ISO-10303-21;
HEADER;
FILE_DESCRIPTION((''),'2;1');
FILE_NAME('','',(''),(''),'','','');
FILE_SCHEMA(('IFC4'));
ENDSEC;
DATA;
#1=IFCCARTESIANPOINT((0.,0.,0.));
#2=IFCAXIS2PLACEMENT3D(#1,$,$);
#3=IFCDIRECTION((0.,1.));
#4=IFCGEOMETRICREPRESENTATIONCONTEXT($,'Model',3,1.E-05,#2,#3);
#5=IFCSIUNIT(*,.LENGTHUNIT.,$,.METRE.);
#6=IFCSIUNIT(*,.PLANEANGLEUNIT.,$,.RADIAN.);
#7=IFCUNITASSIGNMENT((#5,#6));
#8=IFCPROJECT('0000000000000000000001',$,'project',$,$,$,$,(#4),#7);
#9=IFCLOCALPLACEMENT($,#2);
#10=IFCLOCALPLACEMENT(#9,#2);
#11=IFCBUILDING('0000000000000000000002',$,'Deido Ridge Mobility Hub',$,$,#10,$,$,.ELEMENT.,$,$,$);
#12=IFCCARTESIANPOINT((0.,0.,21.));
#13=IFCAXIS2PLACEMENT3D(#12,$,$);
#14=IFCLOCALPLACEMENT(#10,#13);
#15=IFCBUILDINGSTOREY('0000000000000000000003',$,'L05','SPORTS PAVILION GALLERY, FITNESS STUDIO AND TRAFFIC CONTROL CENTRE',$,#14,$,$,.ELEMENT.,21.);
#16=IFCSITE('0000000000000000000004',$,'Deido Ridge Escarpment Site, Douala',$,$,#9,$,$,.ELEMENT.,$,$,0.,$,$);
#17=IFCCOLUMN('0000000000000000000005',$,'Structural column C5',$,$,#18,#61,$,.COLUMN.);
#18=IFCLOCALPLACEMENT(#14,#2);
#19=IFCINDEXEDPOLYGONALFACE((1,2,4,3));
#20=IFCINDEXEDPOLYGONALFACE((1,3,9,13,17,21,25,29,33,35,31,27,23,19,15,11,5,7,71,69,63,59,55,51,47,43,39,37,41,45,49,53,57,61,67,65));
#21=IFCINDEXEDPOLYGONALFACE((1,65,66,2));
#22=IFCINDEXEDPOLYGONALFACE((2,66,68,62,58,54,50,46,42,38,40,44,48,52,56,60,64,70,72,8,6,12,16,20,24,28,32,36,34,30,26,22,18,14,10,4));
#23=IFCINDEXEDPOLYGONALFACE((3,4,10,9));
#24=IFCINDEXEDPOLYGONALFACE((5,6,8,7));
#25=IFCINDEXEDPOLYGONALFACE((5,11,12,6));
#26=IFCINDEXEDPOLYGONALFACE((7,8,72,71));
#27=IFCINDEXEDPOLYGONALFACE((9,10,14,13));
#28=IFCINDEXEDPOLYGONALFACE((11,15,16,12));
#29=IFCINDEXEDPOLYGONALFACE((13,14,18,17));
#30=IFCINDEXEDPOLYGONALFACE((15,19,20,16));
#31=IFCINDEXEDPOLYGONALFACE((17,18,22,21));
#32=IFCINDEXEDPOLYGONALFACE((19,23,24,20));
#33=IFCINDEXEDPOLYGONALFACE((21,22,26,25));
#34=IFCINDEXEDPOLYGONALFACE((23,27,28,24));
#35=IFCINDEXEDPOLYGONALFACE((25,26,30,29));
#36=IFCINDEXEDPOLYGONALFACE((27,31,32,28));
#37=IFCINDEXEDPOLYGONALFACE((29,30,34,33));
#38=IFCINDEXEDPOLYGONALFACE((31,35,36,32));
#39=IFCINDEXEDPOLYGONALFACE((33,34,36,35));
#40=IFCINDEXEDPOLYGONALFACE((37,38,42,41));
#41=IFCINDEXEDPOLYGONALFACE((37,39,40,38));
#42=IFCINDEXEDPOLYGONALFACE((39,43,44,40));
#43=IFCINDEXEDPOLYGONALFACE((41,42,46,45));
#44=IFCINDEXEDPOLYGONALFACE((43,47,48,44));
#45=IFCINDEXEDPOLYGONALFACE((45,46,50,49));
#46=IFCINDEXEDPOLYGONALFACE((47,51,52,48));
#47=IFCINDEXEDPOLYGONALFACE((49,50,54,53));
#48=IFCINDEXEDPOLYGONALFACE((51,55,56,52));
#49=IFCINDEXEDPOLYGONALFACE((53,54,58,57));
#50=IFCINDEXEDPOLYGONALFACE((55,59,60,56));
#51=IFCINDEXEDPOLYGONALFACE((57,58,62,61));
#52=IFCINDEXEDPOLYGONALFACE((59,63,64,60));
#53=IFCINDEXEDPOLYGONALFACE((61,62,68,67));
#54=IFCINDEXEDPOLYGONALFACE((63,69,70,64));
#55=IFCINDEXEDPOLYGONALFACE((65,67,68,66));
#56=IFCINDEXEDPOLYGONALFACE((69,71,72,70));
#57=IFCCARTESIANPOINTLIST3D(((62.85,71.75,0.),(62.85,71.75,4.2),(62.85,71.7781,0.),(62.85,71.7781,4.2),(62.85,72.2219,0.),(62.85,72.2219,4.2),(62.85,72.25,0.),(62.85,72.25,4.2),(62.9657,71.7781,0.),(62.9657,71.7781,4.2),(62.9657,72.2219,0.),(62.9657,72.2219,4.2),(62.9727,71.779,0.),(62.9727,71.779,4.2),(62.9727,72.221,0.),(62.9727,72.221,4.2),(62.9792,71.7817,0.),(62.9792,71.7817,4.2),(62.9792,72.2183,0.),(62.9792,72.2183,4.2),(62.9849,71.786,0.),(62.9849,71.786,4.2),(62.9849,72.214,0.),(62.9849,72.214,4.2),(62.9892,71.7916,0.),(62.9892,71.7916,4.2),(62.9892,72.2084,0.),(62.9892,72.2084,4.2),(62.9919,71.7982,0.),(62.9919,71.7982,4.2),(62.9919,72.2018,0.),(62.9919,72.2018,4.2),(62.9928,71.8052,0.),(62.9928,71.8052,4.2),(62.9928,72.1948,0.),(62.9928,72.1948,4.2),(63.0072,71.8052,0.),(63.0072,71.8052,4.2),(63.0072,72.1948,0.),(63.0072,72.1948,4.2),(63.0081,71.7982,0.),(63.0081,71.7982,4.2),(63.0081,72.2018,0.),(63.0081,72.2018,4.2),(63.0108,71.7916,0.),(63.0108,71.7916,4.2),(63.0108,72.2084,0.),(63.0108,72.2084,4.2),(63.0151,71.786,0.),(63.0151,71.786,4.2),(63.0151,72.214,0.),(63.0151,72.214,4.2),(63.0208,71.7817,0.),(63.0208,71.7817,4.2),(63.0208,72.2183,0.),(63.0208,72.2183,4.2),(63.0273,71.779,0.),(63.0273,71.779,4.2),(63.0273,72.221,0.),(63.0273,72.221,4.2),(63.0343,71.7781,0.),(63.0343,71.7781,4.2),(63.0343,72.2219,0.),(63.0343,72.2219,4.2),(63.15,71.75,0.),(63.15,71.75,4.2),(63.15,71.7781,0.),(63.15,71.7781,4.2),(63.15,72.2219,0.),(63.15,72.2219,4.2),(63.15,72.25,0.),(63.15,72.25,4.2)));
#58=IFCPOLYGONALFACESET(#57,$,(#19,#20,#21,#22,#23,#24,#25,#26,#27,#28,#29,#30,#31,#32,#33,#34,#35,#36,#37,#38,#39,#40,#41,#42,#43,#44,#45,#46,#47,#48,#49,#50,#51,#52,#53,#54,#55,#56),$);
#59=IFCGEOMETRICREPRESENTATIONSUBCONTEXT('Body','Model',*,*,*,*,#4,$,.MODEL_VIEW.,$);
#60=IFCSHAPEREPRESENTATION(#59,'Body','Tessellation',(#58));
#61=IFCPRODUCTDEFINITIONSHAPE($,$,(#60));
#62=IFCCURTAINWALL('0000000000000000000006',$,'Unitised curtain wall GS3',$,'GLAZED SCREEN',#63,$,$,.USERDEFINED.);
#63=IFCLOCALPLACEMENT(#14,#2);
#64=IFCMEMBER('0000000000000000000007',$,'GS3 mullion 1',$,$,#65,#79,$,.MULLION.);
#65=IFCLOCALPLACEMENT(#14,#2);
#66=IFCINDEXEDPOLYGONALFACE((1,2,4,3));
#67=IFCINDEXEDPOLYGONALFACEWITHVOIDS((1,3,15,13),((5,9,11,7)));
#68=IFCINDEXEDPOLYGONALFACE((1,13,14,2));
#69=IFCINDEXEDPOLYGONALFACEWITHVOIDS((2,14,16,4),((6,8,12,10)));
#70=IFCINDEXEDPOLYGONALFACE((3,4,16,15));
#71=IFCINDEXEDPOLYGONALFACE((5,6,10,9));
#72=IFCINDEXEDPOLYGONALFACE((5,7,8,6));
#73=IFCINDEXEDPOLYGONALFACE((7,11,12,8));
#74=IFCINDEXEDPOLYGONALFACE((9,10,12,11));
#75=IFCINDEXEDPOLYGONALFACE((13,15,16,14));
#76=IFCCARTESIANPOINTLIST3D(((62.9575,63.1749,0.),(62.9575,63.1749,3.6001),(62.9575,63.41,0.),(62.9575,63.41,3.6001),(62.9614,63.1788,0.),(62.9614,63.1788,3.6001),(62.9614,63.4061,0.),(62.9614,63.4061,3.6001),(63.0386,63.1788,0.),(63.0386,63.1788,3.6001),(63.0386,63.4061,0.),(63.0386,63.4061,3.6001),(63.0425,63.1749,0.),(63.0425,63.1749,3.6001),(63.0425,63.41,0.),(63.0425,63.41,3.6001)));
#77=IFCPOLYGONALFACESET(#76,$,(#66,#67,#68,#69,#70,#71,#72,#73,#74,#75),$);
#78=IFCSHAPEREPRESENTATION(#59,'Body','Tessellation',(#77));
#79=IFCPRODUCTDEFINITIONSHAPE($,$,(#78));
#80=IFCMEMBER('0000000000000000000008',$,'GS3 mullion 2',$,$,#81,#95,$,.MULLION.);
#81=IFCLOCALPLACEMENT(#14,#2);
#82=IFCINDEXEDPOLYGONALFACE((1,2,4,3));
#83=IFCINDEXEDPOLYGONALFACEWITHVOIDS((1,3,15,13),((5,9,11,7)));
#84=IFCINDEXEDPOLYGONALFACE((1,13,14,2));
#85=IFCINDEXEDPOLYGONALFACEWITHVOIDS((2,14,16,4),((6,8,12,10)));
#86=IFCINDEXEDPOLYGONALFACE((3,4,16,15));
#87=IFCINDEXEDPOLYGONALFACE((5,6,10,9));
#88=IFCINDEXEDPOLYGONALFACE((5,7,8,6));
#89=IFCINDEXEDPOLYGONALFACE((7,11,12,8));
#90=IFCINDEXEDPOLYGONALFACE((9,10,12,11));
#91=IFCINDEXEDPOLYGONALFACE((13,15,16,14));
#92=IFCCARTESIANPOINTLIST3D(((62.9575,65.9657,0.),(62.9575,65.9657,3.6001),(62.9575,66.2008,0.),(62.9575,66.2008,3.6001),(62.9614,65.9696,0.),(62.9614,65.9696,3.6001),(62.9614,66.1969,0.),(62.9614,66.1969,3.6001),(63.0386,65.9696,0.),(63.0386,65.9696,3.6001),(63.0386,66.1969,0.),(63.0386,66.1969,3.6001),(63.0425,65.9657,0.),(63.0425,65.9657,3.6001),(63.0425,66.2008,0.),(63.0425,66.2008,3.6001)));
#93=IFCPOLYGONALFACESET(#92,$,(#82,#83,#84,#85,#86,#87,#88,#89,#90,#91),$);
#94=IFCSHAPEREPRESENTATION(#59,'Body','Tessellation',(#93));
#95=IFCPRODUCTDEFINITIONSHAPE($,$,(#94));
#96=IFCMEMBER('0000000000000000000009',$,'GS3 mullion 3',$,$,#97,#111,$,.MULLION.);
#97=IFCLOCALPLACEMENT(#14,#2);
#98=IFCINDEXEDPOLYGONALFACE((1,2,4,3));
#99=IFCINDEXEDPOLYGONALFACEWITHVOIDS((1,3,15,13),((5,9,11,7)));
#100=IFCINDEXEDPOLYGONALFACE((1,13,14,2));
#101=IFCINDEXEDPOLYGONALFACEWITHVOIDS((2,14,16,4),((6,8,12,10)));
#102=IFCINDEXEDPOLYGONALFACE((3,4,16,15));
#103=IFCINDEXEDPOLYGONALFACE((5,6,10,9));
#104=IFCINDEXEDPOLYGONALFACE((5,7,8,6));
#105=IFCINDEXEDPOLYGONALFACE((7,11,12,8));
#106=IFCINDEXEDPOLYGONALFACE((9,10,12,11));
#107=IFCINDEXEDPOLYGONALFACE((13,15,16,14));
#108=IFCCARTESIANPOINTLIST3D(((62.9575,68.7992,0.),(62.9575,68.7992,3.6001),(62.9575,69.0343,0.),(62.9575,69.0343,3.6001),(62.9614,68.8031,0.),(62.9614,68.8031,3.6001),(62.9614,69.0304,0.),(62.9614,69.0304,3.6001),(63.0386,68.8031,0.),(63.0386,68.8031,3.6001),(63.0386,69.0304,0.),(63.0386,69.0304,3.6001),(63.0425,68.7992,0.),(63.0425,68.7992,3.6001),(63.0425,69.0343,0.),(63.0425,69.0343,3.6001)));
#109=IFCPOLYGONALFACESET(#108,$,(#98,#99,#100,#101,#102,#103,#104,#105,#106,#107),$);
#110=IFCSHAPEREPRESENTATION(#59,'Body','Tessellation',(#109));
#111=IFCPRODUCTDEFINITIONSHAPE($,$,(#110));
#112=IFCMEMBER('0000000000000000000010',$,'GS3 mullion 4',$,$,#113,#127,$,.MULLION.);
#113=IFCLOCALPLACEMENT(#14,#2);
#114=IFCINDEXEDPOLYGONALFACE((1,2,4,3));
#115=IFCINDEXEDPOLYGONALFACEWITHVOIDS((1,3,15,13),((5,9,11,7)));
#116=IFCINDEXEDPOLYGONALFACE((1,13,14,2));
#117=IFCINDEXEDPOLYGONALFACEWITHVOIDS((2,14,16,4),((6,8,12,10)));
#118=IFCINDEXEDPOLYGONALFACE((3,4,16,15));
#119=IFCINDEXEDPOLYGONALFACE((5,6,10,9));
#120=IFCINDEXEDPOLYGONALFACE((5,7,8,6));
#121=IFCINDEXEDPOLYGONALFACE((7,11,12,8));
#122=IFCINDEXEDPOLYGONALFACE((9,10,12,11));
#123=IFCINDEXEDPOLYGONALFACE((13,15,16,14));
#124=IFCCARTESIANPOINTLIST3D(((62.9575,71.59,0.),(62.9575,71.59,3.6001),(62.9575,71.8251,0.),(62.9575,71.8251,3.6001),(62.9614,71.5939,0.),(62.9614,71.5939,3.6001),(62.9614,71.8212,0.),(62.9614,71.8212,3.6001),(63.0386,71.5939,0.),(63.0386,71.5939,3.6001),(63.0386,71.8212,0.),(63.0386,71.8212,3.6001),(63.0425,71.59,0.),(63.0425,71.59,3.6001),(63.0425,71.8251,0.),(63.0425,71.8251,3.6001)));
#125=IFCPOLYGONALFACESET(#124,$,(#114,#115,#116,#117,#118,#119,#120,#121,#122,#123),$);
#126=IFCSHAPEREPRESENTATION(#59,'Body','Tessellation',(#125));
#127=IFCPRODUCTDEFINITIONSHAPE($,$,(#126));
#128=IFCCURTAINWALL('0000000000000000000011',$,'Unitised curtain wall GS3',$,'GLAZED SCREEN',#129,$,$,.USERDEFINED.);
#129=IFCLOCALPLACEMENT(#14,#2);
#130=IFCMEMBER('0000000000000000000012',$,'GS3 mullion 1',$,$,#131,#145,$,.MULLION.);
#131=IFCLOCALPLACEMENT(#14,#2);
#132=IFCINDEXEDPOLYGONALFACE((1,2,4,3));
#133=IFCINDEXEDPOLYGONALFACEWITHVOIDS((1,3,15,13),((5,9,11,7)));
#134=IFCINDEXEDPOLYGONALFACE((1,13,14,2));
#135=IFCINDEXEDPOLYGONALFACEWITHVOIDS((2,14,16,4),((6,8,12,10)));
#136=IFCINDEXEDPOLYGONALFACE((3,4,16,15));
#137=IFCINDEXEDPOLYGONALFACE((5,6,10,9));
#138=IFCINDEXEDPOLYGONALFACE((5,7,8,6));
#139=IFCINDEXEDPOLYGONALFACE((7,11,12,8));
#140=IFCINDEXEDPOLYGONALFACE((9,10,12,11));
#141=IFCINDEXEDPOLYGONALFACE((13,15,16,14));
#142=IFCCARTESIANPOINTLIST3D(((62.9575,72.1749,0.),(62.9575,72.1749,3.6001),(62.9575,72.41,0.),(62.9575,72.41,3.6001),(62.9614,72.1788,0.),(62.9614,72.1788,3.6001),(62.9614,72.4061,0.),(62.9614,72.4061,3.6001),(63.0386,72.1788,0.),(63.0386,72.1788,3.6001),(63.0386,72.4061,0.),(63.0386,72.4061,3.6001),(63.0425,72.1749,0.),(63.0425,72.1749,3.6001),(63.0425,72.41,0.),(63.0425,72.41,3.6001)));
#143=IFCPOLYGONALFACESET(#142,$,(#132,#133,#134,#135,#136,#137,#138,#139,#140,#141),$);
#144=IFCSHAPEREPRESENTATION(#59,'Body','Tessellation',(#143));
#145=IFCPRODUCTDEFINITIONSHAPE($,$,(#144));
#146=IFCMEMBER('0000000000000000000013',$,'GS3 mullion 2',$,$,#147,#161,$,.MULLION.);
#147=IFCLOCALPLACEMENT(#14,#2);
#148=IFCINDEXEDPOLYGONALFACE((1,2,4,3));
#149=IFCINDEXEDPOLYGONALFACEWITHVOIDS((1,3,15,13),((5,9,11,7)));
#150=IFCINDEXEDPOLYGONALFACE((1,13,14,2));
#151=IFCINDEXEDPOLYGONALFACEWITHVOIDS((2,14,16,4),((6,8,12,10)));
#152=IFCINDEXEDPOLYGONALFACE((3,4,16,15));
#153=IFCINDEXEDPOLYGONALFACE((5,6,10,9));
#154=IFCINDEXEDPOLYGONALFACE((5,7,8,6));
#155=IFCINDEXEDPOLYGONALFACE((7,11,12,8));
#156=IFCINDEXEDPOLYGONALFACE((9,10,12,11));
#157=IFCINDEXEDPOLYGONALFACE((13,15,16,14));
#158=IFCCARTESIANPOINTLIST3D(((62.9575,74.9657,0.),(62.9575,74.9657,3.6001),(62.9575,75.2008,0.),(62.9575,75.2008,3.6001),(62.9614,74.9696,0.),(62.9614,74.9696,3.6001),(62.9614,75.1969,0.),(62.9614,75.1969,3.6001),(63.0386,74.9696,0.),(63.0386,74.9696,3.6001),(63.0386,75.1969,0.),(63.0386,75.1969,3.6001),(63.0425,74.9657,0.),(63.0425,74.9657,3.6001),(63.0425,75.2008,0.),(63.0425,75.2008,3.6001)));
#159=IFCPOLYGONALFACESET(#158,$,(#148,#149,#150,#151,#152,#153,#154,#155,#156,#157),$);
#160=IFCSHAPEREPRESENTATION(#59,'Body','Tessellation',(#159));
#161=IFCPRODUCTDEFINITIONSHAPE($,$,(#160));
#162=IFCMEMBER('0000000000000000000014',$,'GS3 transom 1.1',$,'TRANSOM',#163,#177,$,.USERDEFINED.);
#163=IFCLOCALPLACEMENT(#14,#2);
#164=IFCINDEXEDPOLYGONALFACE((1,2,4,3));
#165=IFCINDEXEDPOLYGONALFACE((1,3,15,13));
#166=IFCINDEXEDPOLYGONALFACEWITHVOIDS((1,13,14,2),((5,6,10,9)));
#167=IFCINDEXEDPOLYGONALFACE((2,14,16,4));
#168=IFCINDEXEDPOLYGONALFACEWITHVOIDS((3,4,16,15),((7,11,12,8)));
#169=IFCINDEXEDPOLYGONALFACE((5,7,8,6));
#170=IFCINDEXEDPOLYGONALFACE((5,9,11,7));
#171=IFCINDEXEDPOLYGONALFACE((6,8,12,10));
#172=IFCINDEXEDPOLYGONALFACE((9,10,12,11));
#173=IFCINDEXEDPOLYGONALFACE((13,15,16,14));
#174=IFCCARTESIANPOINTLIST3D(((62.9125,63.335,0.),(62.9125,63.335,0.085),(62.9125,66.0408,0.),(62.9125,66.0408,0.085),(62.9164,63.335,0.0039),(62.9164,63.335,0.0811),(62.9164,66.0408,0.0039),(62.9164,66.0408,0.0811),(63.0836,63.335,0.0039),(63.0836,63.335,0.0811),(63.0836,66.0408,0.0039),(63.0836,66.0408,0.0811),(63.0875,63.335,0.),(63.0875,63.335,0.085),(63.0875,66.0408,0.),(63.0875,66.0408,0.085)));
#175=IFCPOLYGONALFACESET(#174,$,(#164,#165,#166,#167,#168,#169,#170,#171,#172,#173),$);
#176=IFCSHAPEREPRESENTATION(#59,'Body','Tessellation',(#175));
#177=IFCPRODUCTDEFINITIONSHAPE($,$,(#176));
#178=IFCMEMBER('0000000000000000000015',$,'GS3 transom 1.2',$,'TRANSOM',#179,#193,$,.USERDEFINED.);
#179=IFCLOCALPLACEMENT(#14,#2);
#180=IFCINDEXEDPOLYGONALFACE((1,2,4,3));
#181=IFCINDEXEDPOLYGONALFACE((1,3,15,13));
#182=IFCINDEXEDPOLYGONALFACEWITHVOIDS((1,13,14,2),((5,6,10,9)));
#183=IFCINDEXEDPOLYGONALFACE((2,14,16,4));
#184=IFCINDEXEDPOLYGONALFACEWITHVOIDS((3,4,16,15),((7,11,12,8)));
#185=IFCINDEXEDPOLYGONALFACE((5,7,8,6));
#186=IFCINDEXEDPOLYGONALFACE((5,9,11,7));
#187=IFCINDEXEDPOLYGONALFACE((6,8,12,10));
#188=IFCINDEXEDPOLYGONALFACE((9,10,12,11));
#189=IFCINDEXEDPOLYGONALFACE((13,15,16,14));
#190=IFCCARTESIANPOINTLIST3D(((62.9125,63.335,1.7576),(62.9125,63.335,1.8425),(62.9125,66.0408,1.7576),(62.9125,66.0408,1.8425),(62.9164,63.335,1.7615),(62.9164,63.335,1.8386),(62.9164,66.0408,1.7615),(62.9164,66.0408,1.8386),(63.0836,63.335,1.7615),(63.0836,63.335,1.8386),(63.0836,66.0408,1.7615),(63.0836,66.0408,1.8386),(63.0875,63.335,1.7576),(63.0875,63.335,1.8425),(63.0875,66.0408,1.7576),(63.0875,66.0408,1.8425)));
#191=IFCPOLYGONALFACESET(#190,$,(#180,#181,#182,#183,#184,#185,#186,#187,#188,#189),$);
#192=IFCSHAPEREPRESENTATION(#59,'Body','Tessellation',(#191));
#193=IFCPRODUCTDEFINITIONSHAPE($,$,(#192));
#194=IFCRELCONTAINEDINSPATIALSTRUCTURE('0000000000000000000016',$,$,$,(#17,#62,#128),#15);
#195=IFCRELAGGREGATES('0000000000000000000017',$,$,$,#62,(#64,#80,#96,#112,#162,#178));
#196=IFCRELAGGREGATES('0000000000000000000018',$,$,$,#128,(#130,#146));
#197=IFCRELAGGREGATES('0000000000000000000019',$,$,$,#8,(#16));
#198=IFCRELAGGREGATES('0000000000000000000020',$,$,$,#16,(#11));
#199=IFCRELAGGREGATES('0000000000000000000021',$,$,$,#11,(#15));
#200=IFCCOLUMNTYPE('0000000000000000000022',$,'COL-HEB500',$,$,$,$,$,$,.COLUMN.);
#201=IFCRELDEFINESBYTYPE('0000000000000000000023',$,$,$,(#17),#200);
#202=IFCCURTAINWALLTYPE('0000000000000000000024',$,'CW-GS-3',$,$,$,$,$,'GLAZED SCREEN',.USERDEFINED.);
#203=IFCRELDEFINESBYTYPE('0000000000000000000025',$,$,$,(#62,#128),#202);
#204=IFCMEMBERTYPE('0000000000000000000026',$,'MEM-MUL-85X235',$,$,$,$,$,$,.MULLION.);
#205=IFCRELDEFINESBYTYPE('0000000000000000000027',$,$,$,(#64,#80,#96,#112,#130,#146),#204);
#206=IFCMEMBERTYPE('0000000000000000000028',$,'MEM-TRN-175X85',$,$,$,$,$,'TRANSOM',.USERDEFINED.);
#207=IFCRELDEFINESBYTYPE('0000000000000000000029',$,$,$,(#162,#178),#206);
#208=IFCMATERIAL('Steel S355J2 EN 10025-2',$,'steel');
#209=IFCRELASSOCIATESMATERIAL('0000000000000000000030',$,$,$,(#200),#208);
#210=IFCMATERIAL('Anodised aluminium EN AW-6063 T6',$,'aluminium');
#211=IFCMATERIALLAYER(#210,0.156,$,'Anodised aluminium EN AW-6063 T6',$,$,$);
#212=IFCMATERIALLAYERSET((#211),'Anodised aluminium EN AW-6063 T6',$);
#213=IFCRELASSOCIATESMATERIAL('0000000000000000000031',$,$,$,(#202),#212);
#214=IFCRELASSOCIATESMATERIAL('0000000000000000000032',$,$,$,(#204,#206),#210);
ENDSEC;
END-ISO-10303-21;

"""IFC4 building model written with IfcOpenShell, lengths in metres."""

from ifc_helpers import new_model, si_unit, direction, frame, origin, origin_2d, place, context, subcontext, project, spatial, hollow_rectangle, i_section, extrude, material, layer, layer_set, material_profile, profile_set, type_object, element, aggregate, save


model = new_model("IFC4")

# Units and contexts
model_context = context("Model", 3, precision=1e-05, world=origin(), true_north=direction((0.0, 1.0)))
body_context = subcontext(model_context, "Body", "Model", "MODEL_VIEW")
ifc_project = project(units=[si_unit("LENGTHUNIT", "METRE"), si_unit("PLANEANGLEUNIT", "RADIAN")], contexts=[model_context])

# Site, building, storey
site_placement = place(None, origin())
site = spatial("IfcSite", under=ifc_project, at=site_placement, Name="Deido Ridge Escarpment Site, Douala", CompositionType="ELEMENT", RefElevation=0.0)
building_placement = place(site_placement, origin())
building = spatial("IfcBuilding", under=site, at=building_placement, Name="Deido Ridge Mobility Hub", CompositionType="ELEMENT")
storey_placement = place(building_placement, frame((0.0, 0.0, 21.0)))
storey = spatial("IfcBuildingStorey", under=building, at=storey_placement, Name="L05", Description="SPORTS PAVILION GALLERY, FITNESS STUDIO AND TRAFFIC CONTROL CENTRE", CompositionType="ELEMENT", Elevation=21.0)

# Column
ifc_material_1 = material(Name="Steel S355J2 EN 10025-2", Category="steel")
ifc_material_profile_1 = material_profile(ifc_material_1, i_section(OverallWidth=0.3, OverallDepth=0.5, WebThickness=0.0144, FlangeThickness=0.0281, FilletRadius=0.0271, at=origin_2d()), Name="HEB 500")
ifc_profile_set_1 = profile_set([ifc_material_profile_1], Name="Steel S355J2 EN 10025-2")
column_type = type_object("IfcColumnType", Name="COL-HEB500", PredefinedType="COLUMN", material=ifc_profile_set_1)
column_placement = place(storey_placement, frame((63.0, 72.0, 0.0), z_axis=(0.0, 0.0, 1.0), x_axis=(1.0, 0.0, 0.0)))
element("IfcColumn", 1, at=column_placement, inside=storey, type_object=column_type, Name="Structural column C5", PredefinedType="COLUMN", context=body_context, shape_type="SweptSolid", body=[
    extrude(i_section(OverallWidth=0.3, OverallDepth=0.5, WebThickness=0.0144, FlangeThickness=0.0281, FilletRadius=0.0271, at=origin_2d()), origin(), (0.0, 0.0, 1.0), 4.2),
])

# Curtain walls, members
ifc_material_2 = material(Name="Anodised aluminium EN AW-6063 T6", Category="aluminium")
ifc_layer_1 = layer(ifc_material_2, 0.156, Name="Anodised aluminium EN AW-6063 T6")
ifc_layer_set_1 = layer_set([ifc_layer_1], Name="Anodised aluminium EN AW-6063 T6")
curtain_wall_type = type_object("IfcCurtainWallType", Name="CW-GS-3", ElementType="GLAZED SCREEN", PredefinedType="USERDEFINED", material=ifc_layer_set_1)
curtain_wall_1_placement = place(storey_placement, origin())
curtain_wall_1 = element("IfcCurtainWall", 2, at=curtain_wall_1_placement, inside=storey, type_object=curtain_wall_type, Name="Unitised curtain wall GS3", ObjectType="GLAZED SCREEN", PredefinedType="USERDEFINED")
ifc_material_profile_2 = material_profile(ifc_material_2, hollow_rectangle(XDim=0.085, YDim=0.2351, WallThickness=0.0039, at=origin_2d()), Name="RHS 85x235x4")
ifc_profile_set_2 = profile_set([ifc_material_profile_2], Name="Anodised aluminium EN AW-6063 T6")
member_type_1 = type_object("IfcMemberType", Name="MEM-MUL-85X235", PredefinedType="MULLION", material=ifc_profile_set_2)
member_1_placement = place(storey_placement, frame((63.0, 63.2925, 0.0), z_axis=(0.0, 0.0, 1.0), x_axis=(-1.0, 0.0, 0.0)))
member_1 = element("IfcMember", 3, at=member_1_placement, type_object=member_type_1, Name="GS3 mullion 1", PredefinedType="MULLION", context=body_context, shape_type="SweptSolid", body=[
    extrude(hollow_rectangle(XDim=0.085, YDim=0.2351, WallThickness=0.0039, at=origin_2d()), origin(), (0.0, 0.0, 1.0), 3.6001),
])
member_2_placement = place(storey_placement, frame((63.0, 66.0833, 0.0), z_axis=(0.0, 0.0, 1.0), x_axis=(-1.0, 0.0, 0.0)))
member_2 = element("IfcMember", 4, at=member_2_placement, type_object=member_type_1, Name="GS3 mullion 2", PredefinedType="MULLION", context=body_context, shape_type="SweptSolid", body=[
    extrude(hollow_rectangle(XDim=0.085, YDim=0.2351, WallThickness=0.0039, at=origin_2d()), origin(), (0.0, 0.0, 1.0), 3.6001),
])
member_3_placement = place(storey_placement, frame((63.0, 68.9167, 0.0), z_axis=(0.0, 0.0, 1.0), x_axis=(-1.0, 0.0, 0.0)))
member_3 = element("IfcMember", 5, at=member_3_placement, type_object=member_type_1, Name="GS3 mullion 3", PredefinedType="MULLION", context=body_context, shape_type="SweptSolid", body=[
    extrude(hollow_rectangle(XDim=0.085, YDim=0.2351, WallThickness=0.0039, at=origin_2d()), origin(), (0.0, 0.0, 1.0), 3.6001),
])
member_4_placement = place(storey_placement, frame((63.0, 71.7075, 0.0), z_axis=(0.0, 0.0, 1.0), x_axis=(-1.0, 0.0, 0.0)))
member_4 = element("IfcMember", 6, at=member_4_placement, type_object=member_type_1, Name="GS3 mullion 4", PredefinedType="MULLION", context=body_context, shape_type="SweptSolid", body=[
    extrude(hollow_rectangle(XDim=0.085, YDim=0.2351, WallThickness=0.0039, at=origin_2d()), origin(), (0.0, 0.0, 1.0), 3.6001),
])
curtain_wall_2_placement = place(storey_placement, origin())
curtain_wall_2 = element("IfcCurtainWall", 7, at=curtain_wall_2_placement, inside=storey, type_object=curtain_wall_type, Name="Unitised curtain wall GS3", ObjectType="GLAZED SCREEN", PredefinedType="USERDEFINED")
member_5_placement = place(storey_placement, frame((63.0, 72.2925, 0.0), z_axis=(0.0, 0.0, 1.0), x_axis=(-1.0, 0.0, 0.0)))
member_5 = element("IfcMember", 8, at=member_5_placement, type_object=member_type_1, Name="GS3 mullion 1", PredefinedType="MULLION", context=body_context, shape_type="SweptSolid", body=[
    extrude(hollow_rectangle(XDim=0.085, YDim=0.2351, WallThickness=0.0039, at=origin_2d()), origin(), (0.0, 0.0, 1.0), 3.6001),
])
member_6_placement = place(storey_placement, frame((63.0, 75.0833, 0.0), z_axis=(0.0, 0.0, 1.0), x_axis=(-1.0, 0.0, 0.0)))
member_6 = element("IfcMember", 9, at=member_6_placement, type_object=member_type_1, Name="GS3 mullion 2", PredefinedType="MULLION", context=body_context, shape_type="SweptSolid", body=[
    extrude(hollow_rectangle(XDim=0.085, YDim=0.2351, WallThickness=0.0039, at=origin_2d()), origin(), (0.0, 0.0, 1.0), 3.6001),
])

# Members
ifc_material_profile_3 = material_profile(ifc_material_2, hollow_rectangle(XDim=0.175, YDim=0.085, WallThickness=0.0039, at=origin_2d()), Name="RHS 175x85x4")
ifc_profile_set_3 = profile_set([ifc_material_profile_3], Name="Anodised aluminium EN AW-6063 T6")
member_type_2 = type_object("IfcMemberType", Name="MEM-TRN-175X85", ElementType="TRANSOM", PredefinedType="USERDEFINED", material=ifc_profile_set_3)
member_7_placement = place(storey_placement, frame((63.0, 63.335, 0.0425), z_axis=(0.0, 1.0, 0.0), x_axis=(-1.0, 0.0, 0.0)))
member_7 = element("IfcMember", 10, at=member_7_placement, type_object=member_type_2, Name="GS3 transom 1.1", ObjectType="TRANSOM", PredefinedType="USERDEFINED", context=body_context, shape_type="SweptSolid", body=[
    extrude(hollow_rectangle(XDim=0.175, YDim=0.085, WallThickness=0.0039, at=origin_2d()), origin(), (0.0, 0.0, 1.0), 2.7058),
])
member_8_placement = place(storey_placement, frame((63.0, 63.335, 1.8), z_axis=(0.0, 1.0, 0.0), x_axis=(-1.0, 0.0, 0.0)))
member_8 = element("IfcMember", 11, at=member_8_placement, type_object=member_type_2, Name="GS3 transom 1.2", ObjectType="TRANSOM", PredefinedType="USERDEFINED", context=body_context, shape_type="SweptSolid", body=[
    extrude(hollow_rectangle(XDim=0.175, YDim=0.085, WallThickness=0.0039, at=origin_2d()), origin(), (0.0, 0.0, 1.0), 2.7058),
])

aggregate(curtain_wall_1, [member_1, member_2, member_3, member_4, member_7, member_8])
aggregate(curtain_wall_2, [member_5, member_6])

save(model, "model.ifc")
